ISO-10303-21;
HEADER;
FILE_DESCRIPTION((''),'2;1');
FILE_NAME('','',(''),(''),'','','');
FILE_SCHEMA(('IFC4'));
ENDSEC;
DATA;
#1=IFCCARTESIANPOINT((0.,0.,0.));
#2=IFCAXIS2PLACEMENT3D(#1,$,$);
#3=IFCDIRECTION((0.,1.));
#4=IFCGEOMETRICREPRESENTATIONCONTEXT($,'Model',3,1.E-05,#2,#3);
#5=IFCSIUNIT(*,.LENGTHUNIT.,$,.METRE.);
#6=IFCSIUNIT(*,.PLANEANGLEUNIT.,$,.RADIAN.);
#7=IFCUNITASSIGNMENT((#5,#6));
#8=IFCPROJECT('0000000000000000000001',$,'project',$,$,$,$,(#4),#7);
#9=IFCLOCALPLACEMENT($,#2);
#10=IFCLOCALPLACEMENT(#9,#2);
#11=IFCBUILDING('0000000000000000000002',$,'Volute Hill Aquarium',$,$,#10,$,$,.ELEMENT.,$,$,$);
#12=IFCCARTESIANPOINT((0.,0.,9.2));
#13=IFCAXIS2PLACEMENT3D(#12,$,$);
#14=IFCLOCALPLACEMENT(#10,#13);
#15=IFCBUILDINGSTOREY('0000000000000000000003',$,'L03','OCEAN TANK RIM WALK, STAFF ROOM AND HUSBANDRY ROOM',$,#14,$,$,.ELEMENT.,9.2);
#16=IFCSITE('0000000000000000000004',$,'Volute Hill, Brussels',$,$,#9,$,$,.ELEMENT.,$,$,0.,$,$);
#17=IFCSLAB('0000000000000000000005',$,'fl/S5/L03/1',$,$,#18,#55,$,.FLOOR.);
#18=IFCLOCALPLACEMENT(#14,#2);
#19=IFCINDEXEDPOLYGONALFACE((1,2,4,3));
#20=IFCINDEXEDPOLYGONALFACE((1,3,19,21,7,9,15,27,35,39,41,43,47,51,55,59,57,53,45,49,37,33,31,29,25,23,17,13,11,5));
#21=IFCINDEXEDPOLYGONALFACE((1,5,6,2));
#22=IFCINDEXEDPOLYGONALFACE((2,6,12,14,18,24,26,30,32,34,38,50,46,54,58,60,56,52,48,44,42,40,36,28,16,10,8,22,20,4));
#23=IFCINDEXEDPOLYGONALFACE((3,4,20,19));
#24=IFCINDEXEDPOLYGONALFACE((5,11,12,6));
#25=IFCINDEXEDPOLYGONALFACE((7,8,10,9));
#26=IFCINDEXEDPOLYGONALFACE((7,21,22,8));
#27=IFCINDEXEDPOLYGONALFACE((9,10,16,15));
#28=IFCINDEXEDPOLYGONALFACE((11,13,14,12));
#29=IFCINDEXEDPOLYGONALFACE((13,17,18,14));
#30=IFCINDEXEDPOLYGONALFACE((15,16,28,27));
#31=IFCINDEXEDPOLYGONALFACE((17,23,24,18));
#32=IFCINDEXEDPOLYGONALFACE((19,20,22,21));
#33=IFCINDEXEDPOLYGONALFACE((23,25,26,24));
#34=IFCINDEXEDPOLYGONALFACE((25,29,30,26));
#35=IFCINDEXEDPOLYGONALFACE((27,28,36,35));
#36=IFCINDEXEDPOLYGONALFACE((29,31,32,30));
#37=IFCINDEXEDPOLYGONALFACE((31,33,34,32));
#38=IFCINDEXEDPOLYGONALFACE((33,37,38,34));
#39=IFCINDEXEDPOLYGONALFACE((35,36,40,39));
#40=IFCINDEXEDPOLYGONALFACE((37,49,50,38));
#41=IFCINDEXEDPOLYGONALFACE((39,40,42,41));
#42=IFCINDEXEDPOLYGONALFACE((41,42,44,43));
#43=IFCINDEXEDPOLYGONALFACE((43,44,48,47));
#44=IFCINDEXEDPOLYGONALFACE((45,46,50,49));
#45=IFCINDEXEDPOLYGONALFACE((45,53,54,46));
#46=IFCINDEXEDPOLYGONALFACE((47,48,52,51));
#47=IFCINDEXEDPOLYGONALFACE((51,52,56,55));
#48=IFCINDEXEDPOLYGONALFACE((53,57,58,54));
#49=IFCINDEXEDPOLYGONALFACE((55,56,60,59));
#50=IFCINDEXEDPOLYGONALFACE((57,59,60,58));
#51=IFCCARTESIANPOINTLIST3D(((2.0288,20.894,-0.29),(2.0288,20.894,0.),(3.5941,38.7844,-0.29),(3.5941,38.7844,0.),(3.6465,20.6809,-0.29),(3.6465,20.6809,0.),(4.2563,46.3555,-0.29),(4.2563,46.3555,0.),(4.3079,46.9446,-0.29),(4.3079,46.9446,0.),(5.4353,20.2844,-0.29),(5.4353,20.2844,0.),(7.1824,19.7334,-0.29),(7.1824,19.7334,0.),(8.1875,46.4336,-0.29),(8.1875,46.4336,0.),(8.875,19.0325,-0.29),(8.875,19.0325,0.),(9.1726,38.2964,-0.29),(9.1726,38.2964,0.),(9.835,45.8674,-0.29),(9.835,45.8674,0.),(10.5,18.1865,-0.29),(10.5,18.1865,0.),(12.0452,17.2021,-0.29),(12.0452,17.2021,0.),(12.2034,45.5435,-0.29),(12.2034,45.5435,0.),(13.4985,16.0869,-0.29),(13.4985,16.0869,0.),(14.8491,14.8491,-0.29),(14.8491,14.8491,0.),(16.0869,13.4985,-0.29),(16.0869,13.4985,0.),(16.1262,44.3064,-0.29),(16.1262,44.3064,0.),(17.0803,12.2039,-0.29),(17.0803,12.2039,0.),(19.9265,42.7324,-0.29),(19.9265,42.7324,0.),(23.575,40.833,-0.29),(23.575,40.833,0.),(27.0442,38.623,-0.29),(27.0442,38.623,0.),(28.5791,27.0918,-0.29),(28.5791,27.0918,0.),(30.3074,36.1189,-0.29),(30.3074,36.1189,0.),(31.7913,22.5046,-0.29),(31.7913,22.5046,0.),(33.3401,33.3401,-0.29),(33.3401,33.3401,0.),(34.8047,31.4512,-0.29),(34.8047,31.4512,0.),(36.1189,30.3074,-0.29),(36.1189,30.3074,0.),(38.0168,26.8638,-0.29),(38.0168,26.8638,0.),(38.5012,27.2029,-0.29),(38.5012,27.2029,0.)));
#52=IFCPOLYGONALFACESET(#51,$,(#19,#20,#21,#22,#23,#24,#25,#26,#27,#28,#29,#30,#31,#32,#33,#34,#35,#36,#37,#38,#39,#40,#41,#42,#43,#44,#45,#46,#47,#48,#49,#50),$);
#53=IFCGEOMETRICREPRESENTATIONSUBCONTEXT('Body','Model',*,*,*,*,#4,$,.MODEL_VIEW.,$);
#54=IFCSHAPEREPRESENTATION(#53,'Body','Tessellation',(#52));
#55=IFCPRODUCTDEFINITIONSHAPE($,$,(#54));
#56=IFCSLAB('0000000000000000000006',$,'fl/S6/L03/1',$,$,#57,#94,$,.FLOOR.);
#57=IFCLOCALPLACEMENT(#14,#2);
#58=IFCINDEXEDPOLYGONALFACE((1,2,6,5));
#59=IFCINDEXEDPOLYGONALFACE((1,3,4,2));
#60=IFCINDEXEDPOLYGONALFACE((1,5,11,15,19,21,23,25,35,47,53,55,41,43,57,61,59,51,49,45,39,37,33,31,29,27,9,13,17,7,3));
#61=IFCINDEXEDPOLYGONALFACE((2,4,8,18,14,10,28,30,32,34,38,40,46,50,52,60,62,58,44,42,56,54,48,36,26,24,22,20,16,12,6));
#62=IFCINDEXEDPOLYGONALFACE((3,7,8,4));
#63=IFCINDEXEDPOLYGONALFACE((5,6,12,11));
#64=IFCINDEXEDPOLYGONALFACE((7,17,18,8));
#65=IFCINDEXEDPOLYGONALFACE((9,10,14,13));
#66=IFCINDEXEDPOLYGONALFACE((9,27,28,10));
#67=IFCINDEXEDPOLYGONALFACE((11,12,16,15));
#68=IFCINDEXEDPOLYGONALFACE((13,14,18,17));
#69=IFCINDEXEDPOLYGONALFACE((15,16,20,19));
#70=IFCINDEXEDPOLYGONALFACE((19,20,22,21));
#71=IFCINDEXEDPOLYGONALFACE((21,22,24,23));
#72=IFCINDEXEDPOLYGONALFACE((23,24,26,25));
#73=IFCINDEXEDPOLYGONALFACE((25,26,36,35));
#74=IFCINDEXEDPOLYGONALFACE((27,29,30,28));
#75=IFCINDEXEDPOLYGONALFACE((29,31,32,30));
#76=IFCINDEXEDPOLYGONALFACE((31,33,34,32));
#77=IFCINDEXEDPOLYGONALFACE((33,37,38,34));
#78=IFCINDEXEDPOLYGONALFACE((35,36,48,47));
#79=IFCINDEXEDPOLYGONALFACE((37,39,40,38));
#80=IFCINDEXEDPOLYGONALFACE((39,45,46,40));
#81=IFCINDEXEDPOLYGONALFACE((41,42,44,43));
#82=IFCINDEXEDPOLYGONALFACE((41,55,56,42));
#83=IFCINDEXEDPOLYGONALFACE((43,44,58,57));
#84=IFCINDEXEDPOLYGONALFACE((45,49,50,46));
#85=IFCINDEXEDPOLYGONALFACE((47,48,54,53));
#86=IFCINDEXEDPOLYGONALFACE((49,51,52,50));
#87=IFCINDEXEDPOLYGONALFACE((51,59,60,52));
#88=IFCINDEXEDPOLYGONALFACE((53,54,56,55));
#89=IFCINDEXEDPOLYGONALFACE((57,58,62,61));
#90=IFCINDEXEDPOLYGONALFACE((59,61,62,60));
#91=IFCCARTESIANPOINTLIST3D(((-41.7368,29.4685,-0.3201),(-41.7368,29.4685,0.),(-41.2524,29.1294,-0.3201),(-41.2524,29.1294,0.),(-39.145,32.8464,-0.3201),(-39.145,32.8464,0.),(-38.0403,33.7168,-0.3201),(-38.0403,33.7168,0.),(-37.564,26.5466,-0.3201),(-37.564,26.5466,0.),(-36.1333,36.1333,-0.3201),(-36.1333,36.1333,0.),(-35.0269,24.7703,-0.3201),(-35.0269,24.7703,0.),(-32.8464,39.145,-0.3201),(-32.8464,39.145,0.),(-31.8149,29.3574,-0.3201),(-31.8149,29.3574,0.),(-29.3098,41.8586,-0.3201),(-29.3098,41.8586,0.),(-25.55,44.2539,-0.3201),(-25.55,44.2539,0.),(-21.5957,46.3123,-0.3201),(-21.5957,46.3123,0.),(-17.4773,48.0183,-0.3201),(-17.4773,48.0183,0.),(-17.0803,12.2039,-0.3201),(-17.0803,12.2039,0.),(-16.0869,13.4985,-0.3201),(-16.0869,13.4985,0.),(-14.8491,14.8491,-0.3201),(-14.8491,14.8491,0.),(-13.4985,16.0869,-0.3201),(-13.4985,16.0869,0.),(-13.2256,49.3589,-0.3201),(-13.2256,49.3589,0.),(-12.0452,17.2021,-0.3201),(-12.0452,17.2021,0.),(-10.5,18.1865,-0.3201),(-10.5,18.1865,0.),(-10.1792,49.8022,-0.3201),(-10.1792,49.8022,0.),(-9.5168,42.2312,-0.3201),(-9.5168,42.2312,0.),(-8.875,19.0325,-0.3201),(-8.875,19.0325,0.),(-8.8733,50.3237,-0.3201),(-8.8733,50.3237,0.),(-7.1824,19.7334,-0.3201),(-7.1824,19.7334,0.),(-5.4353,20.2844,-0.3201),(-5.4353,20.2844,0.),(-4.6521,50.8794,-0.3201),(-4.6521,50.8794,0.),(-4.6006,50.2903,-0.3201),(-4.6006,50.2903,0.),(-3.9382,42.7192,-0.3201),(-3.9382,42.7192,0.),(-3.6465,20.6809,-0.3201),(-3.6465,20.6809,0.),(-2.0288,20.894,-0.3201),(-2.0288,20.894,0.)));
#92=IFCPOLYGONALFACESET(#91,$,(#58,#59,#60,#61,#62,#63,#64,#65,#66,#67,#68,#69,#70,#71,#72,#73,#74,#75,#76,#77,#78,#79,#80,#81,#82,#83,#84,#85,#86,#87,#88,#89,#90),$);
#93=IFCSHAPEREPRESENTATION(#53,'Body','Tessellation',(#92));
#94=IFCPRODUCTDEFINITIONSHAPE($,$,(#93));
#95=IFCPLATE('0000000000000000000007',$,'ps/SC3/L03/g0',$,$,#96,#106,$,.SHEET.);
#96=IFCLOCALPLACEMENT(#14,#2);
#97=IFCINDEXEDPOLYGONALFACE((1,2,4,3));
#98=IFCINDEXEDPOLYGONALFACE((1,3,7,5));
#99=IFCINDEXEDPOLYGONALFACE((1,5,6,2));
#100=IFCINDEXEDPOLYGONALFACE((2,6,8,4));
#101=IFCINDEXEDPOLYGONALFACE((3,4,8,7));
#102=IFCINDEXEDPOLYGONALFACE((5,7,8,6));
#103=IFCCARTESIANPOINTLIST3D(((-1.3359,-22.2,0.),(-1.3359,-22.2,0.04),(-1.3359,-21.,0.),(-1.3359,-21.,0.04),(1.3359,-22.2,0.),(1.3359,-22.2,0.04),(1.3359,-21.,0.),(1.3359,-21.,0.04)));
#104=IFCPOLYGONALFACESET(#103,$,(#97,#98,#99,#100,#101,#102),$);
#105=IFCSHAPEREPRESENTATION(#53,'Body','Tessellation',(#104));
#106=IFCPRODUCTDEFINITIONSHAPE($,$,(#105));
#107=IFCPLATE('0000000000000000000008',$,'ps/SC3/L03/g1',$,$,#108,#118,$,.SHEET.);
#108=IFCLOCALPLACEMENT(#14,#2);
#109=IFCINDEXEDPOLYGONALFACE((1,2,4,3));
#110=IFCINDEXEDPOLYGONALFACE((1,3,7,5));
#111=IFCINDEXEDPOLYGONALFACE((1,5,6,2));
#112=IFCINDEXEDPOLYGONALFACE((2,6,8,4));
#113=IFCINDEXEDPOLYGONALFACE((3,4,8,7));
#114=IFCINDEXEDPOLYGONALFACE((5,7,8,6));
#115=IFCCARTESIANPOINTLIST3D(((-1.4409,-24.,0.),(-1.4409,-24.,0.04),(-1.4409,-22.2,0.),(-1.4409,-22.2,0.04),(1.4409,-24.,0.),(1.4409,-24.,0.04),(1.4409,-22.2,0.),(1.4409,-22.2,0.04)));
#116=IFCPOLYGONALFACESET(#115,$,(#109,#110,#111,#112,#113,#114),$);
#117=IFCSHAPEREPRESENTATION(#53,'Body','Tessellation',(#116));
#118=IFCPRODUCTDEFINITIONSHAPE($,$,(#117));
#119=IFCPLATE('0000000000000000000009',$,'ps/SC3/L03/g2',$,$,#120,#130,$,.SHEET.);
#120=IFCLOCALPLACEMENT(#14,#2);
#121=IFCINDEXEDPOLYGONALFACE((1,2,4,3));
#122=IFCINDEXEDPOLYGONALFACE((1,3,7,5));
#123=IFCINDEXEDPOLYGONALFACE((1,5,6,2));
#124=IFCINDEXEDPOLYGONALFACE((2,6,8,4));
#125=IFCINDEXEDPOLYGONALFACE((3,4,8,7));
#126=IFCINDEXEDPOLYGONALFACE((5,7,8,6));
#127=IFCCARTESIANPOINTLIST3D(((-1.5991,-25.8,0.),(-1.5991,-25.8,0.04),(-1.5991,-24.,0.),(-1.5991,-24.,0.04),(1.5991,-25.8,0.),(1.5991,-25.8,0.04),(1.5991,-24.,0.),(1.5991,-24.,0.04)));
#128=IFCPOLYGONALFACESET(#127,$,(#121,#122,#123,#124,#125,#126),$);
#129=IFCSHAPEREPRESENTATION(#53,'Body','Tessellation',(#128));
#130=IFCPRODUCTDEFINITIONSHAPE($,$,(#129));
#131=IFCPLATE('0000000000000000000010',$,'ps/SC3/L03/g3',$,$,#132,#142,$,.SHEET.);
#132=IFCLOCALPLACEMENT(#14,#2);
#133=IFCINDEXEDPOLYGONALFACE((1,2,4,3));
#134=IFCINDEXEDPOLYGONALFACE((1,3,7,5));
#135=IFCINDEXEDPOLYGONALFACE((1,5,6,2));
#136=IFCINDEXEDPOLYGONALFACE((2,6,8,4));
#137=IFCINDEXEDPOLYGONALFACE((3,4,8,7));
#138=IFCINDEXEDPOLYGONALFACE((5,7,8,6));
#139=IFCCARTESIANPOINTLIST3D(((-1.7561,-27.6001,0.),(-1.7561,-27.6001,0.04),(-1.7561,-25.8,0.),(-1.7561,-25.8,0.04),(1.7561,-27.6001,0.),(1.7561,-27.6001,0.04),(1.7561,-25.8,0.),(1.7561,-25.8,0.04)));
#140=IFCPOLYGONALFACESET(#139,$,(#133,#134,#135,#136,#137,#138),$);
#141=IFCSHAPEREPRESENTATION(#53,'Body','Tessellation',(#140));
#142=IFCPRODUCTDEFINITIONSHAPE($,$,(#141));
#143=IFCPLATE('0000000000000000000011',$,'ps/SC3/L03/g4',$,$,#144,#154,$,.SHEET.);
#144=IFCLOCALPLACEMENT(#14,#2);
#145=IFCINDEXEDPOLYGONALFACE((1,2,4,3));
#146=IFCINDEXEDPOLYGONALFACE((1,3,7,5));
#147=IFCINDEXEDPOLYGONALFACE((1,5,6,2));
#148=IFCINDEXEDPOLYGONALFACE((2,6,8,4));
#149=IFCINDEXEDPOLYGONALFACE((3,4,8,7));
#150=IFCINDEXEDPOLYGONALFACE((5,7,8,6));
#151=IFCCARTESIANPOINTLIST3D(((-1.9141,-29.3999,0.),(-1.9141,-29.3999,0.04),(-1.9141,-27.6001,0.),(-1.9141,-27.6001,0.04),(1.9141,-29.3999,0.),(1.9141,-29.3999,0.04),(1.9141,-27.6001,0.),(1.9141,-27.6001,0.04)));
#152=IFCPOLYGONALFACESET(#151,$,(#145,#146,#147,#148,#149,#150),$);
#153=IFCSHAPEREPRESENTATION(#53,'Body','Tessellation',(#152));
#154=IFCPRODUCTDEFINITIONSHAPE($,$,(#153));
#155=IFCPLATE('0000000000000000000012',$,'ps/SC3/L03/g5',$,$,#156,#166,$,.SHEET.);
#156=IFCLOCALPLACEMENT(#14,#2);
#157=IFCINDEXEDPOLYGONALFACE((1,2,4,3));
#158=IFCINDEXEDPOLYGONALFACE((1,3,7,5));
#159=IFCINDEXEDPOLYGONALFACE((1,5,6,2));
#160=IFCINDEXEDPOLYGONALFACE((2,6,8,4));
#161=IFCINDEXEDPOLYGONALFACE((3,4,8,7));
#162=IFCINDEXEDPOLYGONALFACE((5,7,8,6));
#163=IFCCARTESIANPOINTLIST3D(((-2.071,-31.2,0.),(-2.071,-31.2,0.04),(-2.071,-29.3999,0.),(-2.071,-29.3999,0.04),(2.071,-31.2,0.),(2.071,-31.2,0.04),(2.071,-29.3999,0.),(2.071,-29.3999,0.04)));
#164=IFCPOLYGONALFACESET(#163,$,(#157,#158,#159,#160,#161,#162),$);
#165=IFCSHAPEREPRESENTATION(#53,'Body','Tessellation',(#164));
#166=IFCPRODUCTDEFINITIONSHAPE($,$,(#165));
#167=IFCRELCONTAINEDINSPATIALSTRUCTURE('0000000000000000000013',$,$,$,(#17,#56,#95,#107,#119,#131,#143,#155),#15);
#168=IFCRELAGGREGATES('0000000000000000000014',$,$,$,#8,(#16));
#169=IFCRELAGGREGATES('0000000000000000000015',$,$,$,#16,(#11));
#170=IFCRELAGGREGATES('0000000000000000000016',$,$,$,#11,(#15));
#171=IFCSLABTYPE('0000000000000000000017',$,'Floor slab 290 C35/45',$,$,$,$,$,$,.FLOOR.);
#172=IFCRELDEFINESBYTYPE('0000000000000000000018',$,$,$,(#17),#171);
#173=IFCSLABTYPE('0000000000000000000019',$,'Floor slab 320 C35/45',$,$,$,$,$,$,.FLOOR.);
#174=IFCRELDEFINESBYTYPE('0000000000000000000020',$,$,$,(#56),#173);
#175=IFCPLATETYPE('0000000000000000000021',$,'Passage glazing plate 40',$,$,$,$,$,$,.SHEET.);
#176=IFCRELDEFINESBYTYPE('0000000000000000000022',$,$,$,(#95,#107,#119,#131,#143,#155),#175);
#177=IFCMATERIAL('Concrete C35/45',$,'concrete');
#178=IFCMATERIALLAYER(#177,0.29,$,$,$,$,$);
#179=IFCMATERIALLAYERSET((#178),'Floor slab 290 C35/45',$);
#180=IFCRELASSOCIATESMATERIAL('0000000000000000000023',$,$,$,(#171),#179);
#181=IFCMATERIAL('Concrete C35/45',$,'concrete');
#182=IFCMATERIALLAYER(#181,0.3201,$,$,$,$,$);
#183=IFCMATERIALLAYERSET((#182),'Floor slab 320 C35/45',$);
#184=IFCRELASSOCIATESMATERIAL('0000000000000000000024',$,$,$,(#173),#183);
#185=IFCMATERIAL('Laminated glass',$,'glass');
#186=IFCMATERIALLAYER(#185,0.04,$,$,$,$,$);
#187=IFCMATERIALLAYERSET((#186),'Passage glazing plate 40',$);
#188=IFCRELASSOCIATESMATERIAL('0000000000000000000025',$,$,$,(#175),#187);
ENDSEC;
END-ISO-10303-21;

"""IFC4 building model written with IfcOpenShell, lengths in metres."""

from ifc_helpers import new_model, si_unit, direction, frame, origin, place, context, subcontext, project, spatial, polyline, outline, extrude, material, layer, layer_set, type_object, element, save


model = new_model("IFC4")

# Units and contexts
model_context = context("Model", 3, precision=1e-05, world=origin(), true_north=direction((0.0, 1.0)))
body_context = subcontext(model_context, "Body", "Model", "MODEL_VIEW")
ifc_project = project(units=[si_unit("LENGTHUNIT", "METRE"), si_unit("PLANEANGLEUNIT", "RADIAN")], contexts=[model_context])

# Site, building, storey
site_placement = place(None, origin())
site = spatial("IfcSite", under=ifc_project, at=site_placement, Name="Volute Hill, Brussels", CompositionType="ELEMENT", RefElevation=0.0)
building_placement = place(site_placement, origin())
building = spatial("IfcBuilding", under=site, at=building_placement, Name="Volute Hill Aquarium", CompositionType="ELEMENT")
storey_placement = place(building_placement, frame((0.0, 0.0, 9.2)))
storey = spatial("IfcBuildingStorey", under=building, at=storey_placement, Name="L03", Description="OCEAN TANK RIM WALK, STAFF ROOM AND HUSBANDRY ROOM", CompositionType="ELEMENT", Elevation=9.2)

# Slabs
ifc_material_1 = material(Name="Concrete C35/45", Category="concrete")
ifc_layer_1 = layer(ifc_material_1, 0.29)
ifc_layer_set_1 = layer_set([ifc_layer_1], Name="Floor slab 290 C35/45")
slab_type_1 = type_object("IfcSlabType", Name="Floor slab 290 C35/45", PredefinedType="FLOOR", material=ifc_layer_set_1)
slab_1_placement = place(storey_placement, frame((0.0, 0.0, -0.29)))
element("IfcSlab", 1, at=slab_1_placement, inside=storey, type_object=slab_type_1, Name="fl/S5/L03/1", PredefinedType="FLOOR", context=body_context, shape_type="SweptSolid", body=[
    extrude(outline(polyline([(8.1875, 46.4336), (12.2034, 45.5435), (16.1262, 44.3064), (19.9265, 42.7324), (23.575, 40.833), (27.0442, 38.623), (30.3074, 36.1189), (33.3401, 33.3401), (36.1189, 30.3074), (38.5012, 27.2029), (38.0168, 26.8638), (34.8047, 31.4512), (28.5791, 27.0918), (31.7913, 22.5046), (17.0803, 12.2039), (16.0869, 13.4985), (14.8491, 14.8491), (13.4985, 16.0869), (12.0452, 17.2021), (10.5, 18.1865), (8.875, 19.0325), (7.1824, 19.7334), (5.4353, 20.2844), (3.6465, 20.6809), (2.0288, 20.894), (3.9458, 42.8044), (3.594, 38.7844), (9.1726, 38.2964), (9.835, 45.8674), (4.2563, 46.3555), (4.3079, 46.9446), (8.1875, 46.4336)])), origin(), (0.0, 0.0, 1.0), 0.29),
])
ifc_material_2 = material(Name="Concrete C35/45", Category="concrete")
ifc_layer_2 = layer(ifc_material_2, 0.3201)
ifc_layer_set_2 = layer_set([ifc_layer_2], Name="Floor slab 320 C35/45")
slab_type_2 = type_object("IfcSlabType", Name="Floor slab 320 C35/45", PredefinedType="FLOOR", material=ifc_layer_set_2)
slab_2_placement = place(storey_placement, frame((0.0, 0.0, -0.3201)))
element("IfcSlab", 2, at=slab_2_placement, inside=storey, type_object=slab_type_2, Name="fl/S6/L03/1", PredefinedType="FLOOR", context=body_context, shape_type="SweptSolid", body=[
    extrude(outline(polyline([(-39.145, 32.8464), (-36.1333, 36.1333), (-32.8464, 39.145), (-29.3098, 41.8586), (-25.55, 44.2539), (-21.5957, 46.3123), (-17.4773, 48.0183), (-13.2256, 49.3589), (-8.8733, 50.3237), (-4.6521, 50.8794), (-4.6006, 50.2903), (-10.1792, 49.8022), (-9.5168, 42.2312), (-3.9382, 42.7192), (-2.0288, 20.894), (-3.6465, 20.6809), (-5.4353, 20.2844), (-7.1824, 19.7334), (-8.875, 19.0325), (-10.5, 18.1865), (-12.0452, 17.2021), (-13.4985, 16.0869), (-14.8491, 14.8491), (-16.0869, 13.4985), (-17.0803, 12.2039), (-37.564, 26.5466), (-35.0269, 24.7703), (-31.8149, 29.3574), (-38.0403, 33.7168), (-41.2524, 29.1294), (-41.7368, 29.4685), (-39.145, 32.8464)])), origin(), (0.0, 0.0, 1.0), 0.3201),
])

# Plates
ifc_material_3 = material(Name="Laminated glass", Category="glass")
ifc_layer_3 = layer(ifc_material_3, 0.04)
ifc_layer_set_3 = layer_set([ifc_layer_3], Name="Passage glazing plate 40")
plate_type = type_object("IfcPlateType", Name="Passage glazing plate 40", PredefinedType="SHEET", material=ifc_layer_set_3)
plate_1_placement = place(storey_placement, origin())
element("IfcPlate", 3, at=plate_1_placement, inside=storey, type_object=plate_type, Name="ps/SC3/L03/g0", PredefinedType="SHEET", context=body_context, shape_type="SweptSolid", body=[
    extrude(outline(polyline([(-1.3359, -21.0), (-1.3359, -22.2), (1.3359, -22.2), (1.3359, -21.0), (-1.3359, -21.0)])), origin(), (0.0, 0.0, 1.0), 0.04),
])
plate_2_placement = place(storey_placement, origin())
element("IfcPlate", 4, at=plate_2_placement, inside=storey, type_object=plate_type, Name="ps/SC3/L03/g1", PredefinedType="SHEET", context=body_context, shape_type="SweptSolid", body=[
    extrude(outline(polyline([(-1.4409, -22.2), (-1.4409, -24.0), (1.4409, -24.0), (1.4409, -22.2), (-1.4409, -22.2)])), origin(), (0.0, 0.0, 1.0), 0.04),
])
plate_3_placement = place(storey_placement, origin())
element("IfcPlate", 5, at=plate_3_placement, inside=storey, type_object=plate_type, Name="ps/SC3/L03/g2", PredefinedType="SHEET", context=body_context, shape_type="SweptSolid", body=[
    extrude(outline(polyline([(-1.5991, -24.0), (-1.5991, -25.8), (1.5991, -25.8), (1.5991, -24.0), (-1.5991, -24.0)])), origin(), (0.0, 0.0, 1.0), 0.04),
])
plate_4_placement = place(storey_placement, origin())
element("IfcPlate", 6, at=plate_4_placement, inside=storey, type_object=plate_type, Name="ps/SC3/L03/g3", PredefinedType="SHEET", context=body_context, shape_type="SweptSolid", body=[
    extrude(outline(polyline([(-1.7561, -25.8), (-1.7561, -27.6001), (1.7561, -27.6001), (1.7561, -25.8), (-1.7561, -25.8)])), origin(), (0.0, 0.0, 1.0), 0.04),
])
plate_5_placement = place(storey_placement, origin())
element("IfcPlate", 7, at=plate_5_placement, inside=storey, type_object=plate_type, Name="ps/SC3/L03/g4", PredefinedType="SHEET", context=body_context, shape_type="SweptSolid", body=[
    extrude(outline(polyline([(-1.9141, -27.6001), (-1.9141, -29.3999), (1.9141, -29.3999), (1.9141, -27.6001), (-1.9141, -27.6001)])), origin(), (0.0, 0.0, 1.0), 0.04),
])
plate_6_placement = place(storey_placement, origin())
element("IfcPlate", 8, at=plate_6_placement, inside=storey, type_object=plate_type, Name="ps/SC3/L03/g5", PredefinedType="SHEET", context=body_context, shape_type="SweptSolid", body=[
    extrude(outline(polyline([(-2.071, -29.3999), (-2.071, -31.2), (2.071, -31.2), (2.071, -29.3999), (-2.071, -29.3999)])), origin(), (0.0, 0.0, 1.0), 0.04),
])

save(model, "model.ifc")
